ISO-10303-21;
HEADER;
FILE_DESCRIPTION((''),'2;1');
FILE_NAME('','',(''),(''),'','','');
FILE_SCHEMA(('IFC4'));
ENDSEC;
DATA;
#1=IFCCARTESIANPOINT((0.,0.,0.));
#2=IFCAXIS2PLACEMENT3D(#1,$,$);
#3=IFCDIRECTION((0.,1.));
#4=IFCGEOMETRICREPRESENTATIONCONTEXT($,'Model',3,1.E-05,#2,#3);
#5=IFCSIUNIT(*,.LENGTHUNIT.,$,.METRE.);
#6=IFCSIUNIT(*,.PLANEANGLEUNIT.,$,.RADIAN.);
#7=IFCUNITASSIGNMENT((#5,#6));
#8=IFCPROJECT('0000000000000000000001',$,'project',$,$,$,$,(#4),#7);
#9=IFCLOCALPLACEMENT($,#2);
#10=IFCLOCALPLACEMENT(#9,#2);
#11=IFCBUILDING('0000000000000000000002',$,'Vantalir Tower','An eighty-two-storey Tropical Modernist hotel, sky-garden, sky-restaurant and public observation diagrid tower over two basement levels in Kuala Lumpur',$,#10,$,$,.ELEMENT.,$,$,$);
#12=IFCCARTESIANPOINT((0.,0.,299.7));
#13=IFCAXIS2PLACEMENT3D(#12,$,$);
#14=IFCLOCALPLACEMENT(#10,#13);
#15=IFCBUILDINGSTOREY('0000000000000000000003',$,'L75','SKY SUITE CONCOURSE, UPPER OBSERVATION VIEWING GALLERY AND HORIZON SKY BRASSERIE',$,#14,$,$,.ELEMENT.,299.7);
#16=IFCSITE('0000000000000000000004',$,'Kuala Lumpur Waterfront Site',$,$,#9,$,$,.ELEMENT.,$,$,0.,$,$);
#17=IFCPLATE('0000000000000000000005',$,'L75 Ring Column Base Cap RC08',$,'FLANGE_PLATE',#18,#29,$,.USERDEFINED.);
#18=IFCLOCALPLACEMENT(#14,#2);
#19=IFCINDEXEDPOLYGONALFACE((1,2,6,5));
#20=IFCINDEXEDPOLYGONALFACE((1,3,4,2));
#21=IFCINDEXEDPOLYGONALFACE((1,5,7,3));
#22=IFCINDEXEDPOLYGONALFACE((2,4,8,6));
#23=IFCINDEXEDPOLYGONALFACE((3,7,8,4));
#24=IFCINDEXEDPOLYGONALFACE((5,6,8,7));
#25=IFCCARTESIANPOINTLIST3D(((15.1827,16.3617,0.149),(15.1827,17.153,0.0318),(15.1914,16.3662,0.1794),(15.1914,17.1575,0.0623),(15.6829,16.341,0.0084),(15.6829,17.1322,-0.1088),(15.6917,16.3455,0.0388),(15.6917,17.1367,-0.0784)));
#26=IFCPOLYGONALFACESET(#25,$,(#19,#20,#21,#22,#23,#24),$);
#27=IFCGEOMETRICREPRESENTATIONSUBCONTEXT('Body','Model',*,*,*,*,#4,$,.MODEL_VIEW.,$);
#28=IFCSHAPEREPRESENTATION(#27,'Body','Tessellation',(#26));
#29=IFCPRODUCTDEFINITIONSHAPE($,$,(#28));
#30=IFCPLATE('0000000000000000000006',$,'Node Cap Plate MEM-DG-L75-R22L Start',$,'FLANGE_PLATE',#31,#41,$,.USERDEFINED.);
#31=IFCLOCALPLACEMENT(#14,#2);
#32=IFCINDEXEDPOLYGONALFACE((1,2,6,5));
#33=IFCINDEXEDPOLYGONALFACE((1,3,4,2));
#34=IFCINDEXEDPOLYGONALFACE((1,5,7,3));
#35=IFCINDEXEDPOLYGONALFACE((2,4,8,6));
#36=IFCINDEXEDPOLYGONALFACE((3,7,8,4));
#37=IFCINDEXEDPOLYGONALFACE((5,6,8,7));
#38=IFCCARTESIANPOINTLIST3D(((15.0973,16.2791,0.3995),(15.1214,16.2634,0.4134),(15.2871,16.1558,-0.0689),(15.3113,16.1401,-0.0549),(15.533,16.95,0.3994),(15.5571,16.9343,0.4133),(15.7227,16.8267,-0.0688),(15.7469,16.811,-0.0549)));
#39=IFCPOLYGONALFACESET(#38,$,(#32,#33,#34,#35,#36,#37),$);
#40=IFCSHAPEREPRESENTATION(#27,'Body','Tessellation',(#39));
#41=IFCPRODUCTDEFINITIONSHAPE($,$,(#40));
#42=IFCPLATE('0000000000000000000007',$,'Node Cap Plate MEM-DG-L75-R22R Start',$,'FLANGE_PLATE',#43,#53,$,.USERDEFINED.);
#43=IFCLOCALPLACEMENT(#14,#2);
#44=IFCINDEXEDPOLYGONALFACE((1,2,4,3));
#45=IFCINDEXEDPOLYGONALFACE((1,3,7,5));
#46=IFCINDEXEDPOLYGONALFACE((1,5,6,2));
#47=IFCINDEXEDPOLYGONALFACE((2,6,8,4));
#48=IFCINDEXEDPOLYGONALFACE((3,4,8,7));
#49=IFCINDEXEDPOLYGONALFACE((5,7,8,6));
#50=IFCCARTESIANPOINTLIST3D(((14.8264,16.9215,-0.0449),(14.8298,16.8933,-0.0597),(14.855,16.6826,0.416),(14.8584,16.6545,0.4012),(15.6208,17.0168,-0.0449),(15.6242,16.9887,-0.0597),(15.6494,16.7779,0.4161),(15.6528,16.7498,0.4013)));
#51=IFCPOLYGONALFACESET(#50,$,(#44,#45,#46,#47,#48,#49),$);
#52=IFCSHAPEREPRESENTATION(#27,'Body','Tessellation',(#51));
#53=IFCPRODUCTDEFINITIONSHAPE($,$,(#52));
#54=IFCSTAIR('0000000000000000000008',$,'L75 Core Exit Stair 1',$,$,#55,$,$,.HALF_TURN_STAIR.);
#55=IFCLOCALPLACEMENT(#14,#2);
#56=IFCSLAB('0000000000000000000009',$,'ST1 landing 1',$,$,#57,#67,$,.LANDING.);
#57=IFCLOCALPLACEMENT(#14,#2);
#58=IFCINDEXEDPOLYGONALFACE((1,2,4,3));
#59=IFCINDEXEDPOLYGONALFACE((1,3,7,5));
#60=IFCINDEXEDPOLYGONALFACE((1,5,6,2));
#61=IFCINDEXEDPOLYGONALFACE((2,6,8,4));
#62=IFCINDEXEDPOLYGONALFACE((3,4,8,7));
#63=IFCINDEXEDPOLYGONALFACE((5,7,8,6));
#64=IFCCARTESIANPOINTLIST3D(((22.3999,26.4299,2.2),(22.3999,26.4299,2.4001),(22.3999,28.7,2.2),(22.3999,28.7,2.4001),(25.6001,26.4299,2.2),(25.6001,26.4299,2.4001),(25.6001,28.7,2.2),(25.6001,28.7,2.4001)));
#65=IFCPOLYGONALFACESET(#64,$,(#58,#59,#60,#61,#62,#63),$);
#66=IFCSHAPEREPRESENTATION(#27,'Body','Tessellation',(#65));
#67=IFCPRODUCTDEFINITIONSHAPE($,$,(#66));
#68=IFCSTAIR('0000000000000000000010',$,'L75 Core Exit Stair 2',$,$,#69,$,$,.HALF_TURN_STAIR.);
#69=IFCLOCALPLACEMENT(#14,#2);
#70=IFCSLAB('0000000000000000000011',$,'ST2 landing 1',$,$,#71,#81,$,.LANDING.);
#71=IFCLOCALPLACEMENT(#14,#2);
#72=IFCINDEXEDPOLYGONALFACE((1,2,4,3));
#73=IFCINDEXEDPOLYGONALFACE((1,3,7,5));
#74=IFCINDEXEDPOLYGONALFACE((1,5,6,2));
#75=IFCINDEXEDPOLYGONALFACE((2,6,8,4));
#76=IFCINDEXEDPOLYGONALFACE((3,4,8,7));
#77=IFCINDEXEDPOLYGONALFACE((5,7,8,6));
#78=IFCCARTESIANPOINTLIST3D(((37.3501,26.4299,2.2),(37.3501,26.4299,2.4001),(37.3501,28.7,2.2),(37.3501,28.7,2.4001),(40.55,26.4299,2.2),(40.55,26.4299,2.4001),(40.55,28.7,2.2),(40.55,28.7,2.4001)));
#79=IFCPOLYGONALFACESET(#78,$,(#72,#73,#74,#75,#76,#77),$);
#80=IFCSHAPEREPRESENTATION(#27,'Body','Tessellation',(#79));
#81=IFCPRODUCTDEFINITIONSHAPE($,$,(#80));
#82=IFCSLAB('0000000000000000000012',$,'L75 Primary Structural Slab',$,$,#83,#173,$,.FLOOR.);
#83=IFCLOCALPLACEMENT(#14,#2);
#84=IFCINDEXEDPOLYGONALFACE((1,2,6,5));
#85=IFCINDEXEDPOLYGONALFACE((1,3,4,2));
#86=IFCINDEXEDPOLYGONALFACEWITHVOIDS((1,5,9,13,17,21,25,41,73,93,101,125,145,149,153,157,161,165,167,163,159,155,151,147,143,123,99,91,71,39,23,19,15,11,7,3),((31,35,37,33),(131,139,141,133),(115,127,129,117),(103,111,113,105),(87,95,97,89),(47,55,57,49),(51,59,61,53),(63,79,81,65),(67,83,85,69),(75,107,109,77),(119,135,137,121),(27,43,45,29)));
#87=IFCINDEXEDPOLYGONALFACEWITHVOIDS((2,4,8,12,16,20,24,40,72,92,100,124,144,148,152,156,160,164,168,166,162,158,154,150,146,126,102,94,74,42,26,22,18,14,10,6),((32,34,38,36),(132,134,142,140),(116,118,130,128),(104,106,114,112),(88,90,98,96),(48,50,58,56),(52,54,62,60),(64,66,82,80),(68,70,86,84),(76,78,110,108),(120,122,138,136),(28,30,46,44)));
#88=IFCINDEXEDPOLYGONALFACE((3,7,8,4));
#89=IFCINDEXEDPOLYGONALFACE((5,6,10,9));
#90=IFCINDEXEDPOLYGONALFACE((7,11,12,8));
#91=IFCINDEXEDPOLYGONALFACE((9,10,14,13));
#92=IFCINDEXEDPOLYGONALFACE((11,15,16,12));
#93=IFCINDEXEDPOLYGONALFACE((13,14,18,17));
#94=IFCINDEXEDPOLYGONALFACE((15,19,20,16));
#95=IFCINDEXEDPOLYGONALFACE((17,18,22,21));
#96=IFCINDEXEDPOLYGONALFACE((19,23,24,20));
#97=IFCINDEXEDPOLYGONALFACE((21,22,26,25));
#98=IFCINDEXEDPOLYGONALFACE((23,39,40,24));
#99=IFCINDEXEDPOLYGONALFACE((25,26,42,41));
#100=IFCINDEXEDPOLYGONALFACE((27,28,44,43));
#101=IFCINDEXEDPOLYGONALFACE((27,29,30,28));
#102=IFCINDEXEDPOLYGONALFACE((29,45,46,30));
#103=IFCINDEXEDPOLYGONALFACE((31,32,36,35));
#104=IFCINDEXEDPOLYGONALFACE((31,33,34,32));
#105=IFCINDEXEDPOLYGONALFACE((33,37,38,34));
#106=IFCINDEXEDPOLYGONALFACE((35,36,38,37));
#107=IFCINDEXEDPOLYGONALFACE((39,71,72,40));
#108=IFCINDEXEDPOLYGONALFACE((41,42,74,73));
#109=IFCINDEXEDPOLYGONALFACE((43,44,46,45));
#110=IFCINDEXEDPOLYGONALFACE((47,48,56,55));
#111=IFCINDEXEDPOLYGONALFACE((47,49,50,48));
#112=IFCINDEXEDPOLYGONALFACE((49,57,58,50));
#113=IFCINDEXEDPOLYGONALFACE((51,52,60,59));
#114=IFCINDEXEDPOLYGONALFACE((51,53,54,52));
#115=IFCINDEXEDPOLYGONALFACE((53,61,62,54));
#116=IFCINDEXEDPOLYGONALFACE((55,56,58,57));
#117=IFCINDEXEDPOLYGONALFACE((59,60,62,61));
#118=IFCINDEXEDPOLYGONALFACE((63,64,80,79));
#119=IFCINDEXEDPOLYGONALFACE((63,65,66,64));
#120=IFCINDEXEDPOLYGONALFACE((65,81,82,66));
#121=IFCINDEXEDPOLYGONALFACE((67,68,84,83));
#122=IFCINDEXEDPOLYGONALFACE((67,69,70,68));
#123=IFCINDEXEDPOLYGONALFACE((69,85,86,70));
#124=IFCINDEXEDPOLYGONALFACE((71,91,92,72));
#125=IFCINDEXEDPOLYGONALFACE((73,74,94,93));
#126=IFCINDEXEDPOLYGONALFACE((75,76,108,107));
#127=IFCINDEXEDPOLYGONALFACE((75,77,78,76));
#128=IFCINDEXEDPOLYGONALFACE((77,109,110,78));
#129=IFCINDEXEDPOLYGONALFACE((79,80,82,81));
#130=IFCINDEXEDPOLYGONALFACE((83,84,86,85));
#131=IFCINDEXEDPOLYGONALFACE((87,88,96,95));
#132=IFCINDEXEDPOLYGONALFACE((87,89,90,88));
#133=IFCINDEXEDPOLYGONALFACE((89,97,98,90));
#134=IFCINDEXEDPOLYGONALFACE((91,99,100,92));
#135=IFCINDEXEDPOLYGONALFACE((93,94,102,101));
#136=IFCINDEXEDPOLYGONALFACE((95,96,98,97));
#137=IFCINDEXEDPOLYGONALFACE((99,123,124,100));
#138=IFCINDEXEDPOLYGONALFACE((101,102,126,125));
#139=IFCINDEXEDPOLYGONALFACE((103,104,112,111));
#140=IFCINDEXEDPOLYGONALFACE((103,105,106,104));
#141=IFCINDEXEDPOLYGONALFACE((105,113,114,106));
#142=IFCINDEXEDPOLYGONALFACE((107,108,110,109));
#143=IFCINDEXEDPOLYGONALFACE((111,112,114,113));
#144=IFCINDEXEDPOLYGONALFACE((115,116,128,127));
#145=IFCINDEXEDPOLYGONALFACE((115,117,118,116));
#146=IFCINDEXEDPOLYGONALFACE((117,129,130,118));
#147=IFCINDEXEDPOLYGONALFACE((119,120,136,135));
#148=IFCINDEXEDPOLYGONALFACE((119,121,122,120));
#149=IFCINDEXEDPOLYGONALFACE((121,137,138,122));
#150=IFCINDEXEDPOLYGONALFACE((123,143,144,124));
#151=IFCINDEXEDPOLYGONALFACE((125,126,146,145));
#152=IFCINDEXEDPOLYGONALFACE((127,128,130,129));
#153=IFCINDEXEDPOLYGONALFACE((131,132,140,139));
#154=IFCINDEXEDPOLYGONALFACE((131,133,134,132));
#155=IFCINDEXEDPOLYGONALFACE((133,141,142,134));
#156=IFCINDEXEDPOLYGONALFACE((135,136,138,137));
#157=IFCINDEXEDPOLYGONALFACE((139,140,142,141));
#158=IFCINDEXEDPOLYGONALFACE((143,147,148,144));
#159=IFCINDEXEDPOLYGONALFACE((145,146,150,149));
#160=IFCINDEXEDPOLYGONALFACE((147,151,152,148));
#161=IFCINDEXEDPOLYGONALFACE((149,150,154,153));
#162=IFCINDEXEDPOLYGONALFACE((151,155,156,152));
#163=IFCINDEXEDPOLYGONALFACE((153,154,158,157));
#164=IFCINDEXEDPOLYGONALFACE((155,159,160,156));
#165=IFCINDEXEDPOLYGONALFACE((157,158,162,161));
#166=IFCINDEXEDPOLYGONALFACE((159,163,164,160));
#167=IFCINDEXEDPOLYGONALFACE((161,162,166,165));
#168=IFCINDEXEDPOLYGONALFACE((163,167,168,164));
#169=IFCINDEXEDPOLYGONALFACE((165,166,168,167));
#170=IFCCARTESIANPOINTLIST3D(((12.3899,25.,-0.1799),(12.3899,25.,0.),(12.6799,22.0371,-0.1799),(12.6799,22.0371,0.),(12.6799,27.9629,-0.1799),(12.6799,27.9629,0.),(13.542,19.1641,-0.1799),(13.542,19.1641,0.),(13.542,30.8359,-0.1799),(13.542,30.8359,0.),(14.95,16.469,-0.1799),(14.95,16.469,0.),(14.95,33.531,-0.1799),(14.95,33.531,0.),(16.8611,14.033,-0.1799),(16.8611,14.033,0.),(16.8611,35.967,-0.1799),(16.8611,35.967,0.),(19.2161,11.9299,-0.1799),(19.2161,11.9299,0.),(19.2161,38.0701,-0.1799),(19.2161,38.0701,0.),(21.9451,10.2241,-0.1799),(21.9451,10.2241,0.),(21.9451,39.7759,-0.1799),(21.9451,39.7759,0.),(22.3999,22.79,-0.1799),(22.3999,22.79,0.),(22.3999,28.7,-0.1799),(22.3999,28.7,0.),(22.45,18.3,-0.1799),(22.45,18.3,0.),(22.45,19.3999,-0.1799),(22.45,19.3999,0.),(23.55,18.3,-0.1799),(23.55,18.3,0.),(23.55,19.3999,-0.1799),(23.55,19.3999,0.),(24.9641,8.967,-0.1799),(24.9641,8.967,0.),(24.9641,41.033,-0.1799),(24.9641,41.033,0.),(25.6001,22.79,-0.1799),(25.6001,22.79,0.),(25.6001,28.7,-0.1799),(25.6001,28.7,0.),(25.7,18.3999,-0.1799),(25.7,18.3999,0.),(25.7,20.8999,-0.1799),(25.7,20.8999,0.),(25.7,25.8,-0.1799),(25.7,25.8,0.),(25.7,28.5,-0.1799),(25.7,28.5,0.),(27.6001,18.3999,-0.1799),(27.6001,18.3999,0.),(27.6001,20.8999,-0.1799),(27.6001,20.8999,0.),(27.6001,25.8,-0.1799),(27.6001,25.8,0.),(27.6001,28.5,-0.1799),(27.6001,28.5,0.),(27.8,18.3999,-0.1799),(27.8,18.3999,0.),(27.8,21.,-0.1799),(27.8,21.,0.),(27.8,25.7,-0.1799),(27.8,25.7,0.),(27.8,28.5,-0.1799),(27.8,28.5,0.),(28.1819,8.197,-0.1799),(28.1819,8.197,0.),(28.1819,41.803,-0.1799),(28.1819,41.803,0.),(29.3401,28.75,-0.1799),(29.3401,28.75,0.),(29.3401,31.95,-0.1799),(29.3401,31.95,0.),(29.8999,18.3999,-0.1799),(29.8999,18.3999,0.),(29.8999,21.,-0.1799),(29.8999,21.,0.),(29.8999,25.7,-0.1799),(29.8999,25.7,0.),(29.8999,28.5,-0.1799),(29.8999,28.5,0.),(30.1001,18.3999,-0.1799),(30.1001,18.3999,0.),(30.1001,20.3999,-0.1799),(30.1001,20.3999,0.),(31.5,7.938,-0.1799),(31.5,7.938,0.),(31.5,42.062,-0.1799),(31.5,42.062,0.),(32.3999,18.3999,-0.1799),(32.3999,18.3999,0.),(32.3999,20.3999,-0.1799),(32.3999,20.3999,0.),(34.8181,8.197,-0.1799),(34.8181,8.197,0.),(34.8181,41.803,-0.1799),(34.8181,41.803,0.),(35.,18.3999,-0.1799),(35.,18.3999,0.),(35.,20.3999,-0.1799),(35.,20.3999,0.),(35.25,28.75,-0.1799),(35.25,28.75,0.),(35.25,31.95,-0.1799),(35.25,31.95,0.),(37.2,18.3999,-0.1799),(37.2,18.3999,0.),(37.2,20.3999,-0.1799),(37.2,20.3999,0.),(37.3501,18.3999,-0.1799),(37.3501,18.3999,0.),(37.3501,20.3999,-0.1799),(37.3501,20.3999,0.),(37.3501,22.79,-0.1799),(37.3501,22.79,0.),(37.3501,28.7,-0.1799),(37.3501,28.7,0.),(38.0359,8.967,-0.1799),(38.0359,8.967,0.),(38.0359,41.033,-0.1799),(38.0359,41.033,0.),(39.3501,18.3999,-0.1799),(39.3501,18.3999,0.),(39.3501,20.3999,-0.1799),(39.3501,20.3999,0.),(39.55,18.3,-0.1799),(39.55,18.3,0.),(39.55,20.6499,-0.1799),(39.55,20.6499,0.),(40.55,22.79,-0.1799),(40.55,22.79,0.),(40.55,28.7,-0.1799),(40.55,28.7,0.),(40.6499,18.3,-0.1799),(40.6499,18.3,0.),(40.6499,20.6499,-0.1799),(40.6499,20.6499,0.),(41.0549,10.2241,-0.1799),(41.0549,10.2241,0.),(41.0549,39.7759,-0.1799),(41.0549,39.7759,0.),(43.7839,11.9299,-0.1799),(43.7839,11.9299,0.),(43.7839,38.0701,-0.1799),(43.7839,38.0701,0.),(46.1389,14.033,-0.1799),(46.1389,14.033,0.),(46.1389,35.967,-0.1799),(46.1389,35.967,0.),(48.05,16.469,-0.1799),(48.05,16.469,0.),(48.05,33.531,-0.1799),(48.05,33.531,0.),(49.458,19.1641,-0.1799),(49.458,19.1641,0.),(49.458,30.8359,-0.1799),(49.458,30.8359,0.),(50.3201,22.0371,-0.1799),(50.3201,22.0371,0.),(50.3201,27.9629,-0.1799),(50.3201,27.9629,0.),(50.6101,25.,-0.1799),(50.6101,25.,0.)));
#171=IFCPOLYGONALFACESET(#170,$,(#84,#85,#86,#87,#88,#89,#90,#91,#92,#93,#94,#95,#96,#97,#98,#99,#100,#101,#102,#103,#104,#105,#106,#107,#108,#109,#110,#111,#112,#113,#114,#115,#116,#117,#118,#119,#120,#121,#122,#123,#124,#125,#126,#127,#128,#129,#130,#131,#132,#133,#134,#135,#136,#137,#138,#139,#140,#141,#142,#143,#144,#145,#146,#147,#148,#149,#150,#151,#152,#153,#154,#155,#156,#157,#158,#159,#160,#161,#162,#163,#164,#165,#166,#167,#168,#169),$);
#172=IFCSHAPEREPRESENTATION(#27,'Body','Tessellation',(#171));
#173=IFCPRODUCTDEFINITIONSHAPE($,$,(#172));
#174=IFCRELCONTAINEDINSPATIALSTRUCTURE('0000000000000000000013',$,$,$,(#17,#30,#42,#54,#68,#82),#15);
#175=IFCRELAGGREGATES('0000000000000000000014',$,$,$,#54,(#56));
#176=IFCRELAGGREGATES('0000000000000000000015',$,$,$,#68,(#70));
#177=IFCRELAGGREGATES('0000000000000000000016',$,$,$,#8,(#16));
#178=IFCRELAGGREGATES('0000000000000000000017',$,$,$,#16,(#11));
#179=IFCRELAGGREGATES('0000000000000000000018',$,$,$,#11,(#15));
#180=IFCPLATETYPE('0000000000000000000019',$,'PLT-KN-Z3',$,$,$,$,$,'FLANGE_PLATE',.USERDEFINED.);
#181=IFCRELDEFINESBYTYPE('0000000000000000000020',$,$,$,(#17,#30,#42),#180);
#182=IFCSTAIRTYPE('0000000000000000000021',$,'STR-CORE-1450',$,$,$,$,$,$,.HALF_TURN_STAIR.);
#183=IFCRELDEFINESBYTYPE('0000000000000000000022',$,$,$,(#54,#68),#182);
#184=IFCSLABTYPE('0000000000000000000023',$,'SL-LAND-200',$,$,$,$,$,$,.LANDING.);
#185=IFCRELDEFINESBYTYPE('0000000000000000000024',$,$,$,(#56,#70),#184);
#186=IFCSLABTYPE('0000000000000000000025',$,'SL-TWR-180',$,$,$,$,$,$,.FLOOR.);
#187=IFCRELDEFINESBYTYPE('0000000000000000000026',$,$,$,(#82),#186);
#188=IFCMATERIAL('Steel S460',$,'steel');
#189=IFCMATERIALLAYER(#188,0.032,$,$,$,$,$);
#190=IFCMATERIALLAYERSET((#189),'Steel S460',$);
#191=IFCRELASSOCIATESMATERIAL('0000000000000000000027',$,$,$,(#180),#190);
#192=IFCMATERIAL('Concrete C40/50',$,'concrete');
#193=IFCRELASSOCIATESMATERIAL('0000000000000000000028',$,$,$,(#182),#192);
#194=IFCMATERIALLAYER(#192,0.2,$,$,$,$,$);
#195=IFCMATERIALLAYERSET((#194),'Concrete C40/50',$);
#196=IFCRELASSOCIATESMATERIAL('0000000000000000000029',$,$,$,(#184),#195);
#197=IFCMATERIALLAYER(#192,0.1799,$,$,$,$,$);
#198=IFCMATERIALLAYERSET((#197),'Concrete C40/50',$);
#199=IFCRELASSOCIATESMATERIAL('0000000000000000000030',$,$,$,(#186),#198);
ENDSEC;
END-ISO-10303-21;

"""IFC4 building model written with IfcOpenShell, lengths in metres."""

from ifc_helpers import new_model, si_unit, direction, frame, origin, place, context, subcontext, project, spatial, polyline, outline, extrude, material, layer, layer_set, type_object, element, aggregate, save


model = new_model("IFC4")

# Units and contexts
model_context = context("Model", 3, precision=1e-05, world=origin(), true_north=direction((0.0, 1.0)))
body_context = subcontext(model_context, "Body", "Model", "MODEL_VIEW")
ifc_project = project(units=[si_unit("LENGTHUNIT", "METRE"), si_unit("PLANEANGLEUNIT", "RADIAN")], contexts=[model_context])

# Site, building, storey
site_placement = place(None, origin())
site = spatial("IfcSite", under=ifc_project, at=site_placement, Name="Kuala Lumpur Waterfront Site", CompositionType="ELEMENT", RefElevation=0.0)
building_placement = place(site_placement, origin())
building = spatial("IfcBuilding", under=site, at=building_placement, Name="Vantalir Tower", Description="An eighty-two-storey Tropical Modernist hotel, sky-garden, sky-restaurant and public observation diagrid tower over two basement levels in Kuala Lumpur", CompositionType="ELEMENT")
storey_placement = place(building_placement, frame((0.0, 0.0, 299.7)))
storey = spatial("IfcBuildingStorey", under=building, at=storey_placement, Name="L75", Description="SKY SUITE CONCOURSE, UPPER OBSERVATION VIEWING GALLERY AND HORIZON SKY BRASSERIE", CompositionType="ELEMENT", Elevation=299.7)

# Shared definitions
ifc_material_1 = material(Name="Steel S460", Category="steel")

# Plates
ifc_layer_1 = layer(ifc_material_1, 0.032)
ifc_layer_set_1 = layer_set([ifc_layer_1], Name="Steel S460")
plate_type_1 = type_object("IfcPlateType", Name="PLT-KN-Z3", ElementType="FLANGE_PLATE", PredefinedType="USERDEFINED", material=ifc_layer_set_1)
plate_1_placement = place(storey_placement, frame((15.1914, 17.1575, 0.0623), z_axis=(0.273336, 0.140925, 0.95154), x_axis=(0.0, -0.98921, 0.146504)))
element("IfcPlate", 1, at=plate_1_placement, inside=storey, type_object=plate_type_1, Name="L75 Ring Column Base Cap RC08", ObjectType="FLANGE_PLATE", PredefinedType="USERDEFINED", context=body_context, shape_type="SweptSolid", body=[
    extrude(outline(polyline([(0.0, 0.0), (0.7999, 0.0), (0.7998, 0.52), (-0.0001, 0.52), (0.0, 0.0)])), origin(), (0.0, 0.0, -1.0), 0.032),
])
plate_2_placement = place(storey_placement, frame((15.3113, 16.1401, -0.0549), z_axis=(0.755094, -0.490344, 0.435197), x_axis=(0.544603, 0.838694, 0.00005)))
element("IfcPlate", 2, at=plate_2_placement, inside=storey, type_object=plate_type_1, Name="Node Cap Plate MEM-DG-L75-R22L Start", ObjectType="FLANGE_PLATE", PredefinedType="USERDEFINED", context=body_context, shape_type="SweptSolid", body=[
    extrude(outline(polyline([(0.0, 0.0), (0.7999, 0.0), (0.8, 0.5201), (0.0, 0.5201), (0.0, 0.0)])), origin(), (0.0, 0.0, -1.0), 0.032),
])
plate_3_placement = place(storey_placement, frame((15.6208, 17.0168, -0.0449), z_axis=(-0.105628, 0.880187, 0.462723), x_axis=(-0.992872, -0.119183, 0.000062)))
element("IfcPlate", 3, at=plate_3_placement, inside=storey, type_object=plate_type_1, Name="Node Cap Plate MEM-DG-L75-R22R Start", ObjectType="FLANGE_PLATE", PredefinedType="USERDEFINED", context=body_context, shape_type="SweptSolid", body=[
    extrude(outline(polyline([(0.0, 0.0), (0.8001, 0.0), (0.8003, 0.5199), (0.0002, 0.52), (0.0, 0.0)])), origin(), (0.0, 0.0, -1.0), 0.032),
])

# Stairs, slabs
ifc_material_2 = material(Name="Concrete C40/50", Category="concrete")
stair_type = type_object("IfcStairType", Name="STR-CORE-1450", PredefinedType="HALF_TURN_STAIR", material=ifc_material_2)
stair_1_placement = place(storey_placement, origin())
stair_1 = element("IfcStair", 4, at=stair_1_placement, inside=storey, type_object=stair_type, Name="L75 Core Exit Stair 1", PredefinedType="HALF_TURN_STAIR")
ifc_layer_2 = layer(ifc_material_2, 0.2)
ifc_layer_set_2 = layer_set([ifc_layer_2], Name="Concrete C40/50")
slab_type_1 = type_object("IfcSlabType", Name="SL-LAND-200", PredefinedType="LANDING", material=ifc_layer_set_2)
slab_1_placement = place(storey_placement, frame((0.0, 0.0, 2.2)))
slab_1 = element("IfcSlab", 5, at=slab_1_placement, type_object=slab_type_1, Name="ST1 landing 1", PredefinedType="LANDING", context=body_context, shape_type="SweptSolid", body=[
    extrude(outline(polyline([(25.6001, 26.4299), (25.6001, 28.7), (22.3999, 28.7), (22.3999, 26.4299), (25.6001, 26.4299)])), origin(), (0.0, 0.0, 1.0), 0.2002),
])
aggregate(stair_1, [slab_1])
stair_2_placement = place(storey_placement, origin())
stair_2 = element("IfcStair", 6, at=stair_2_placement, inside=storey, type_object=stair_type, Name="L75 Core Exit Stair 2", PredefinedType="HALF_TURN_STAIR")
slab_2_placement = place(storey_placement, frame((0.0, 0.0, 2.2)))
slab_2 = element("IfcSlab", 7, at=slab_2_placement, type_object=slab_type_1, Name="ST2 landing 1", PredefinedType="LANDING", context=body_context, shape_type="SweptSolid", body=[
    extrude(outline(polyline([(40.55, 26.4299), (40.55, 28.7), (37.3501, 28.7), (37.3501, 26.4299), (40.55, 26.4299)])), origin(), (0.0, 0.0, 1.0), 0.2002),
])
aggregate(stair_2, [slab_2])

# Slab
ifc_layer_3 = layer(ifc_material_2, 0.1799)
ifc_layer_set_3 = layer_set([ifc_layer_3], Name="Concrete C40/50")
slab_type_2 = type_object("IfcSlabType", Name="SL-TWR-180", PredefinedType="FLOOR", material=ifc_layer_set_3)
slab_3_placement = place(storey_placement, frame((0.0, 0.0, -0.1799)))
element("IfcSlab", 8, at=slab_3_placement, inside=storey, type_object=slab_type_2, Name="L75 Primary Structural Slab", PredefinedType="FLOOR", context=body_context, shape_type="SweptSolid", body=[
    extrude(outline(polyline([(24.9641, 8.967), (28.1819, 8.197), (31.5, 7.938), (34.8181, 8.197), (38.0359, 8.967), (41.0549, 10.2241), (43.7839, 11.9299), (46.1389, 14.033), (48.05, 16.469), (49.458, 19.1641), (50.3201, 22.0371), (50.6101, 25.0), (50.3201, 27.9629), (49.458, 30.8359), (48.05, 33.531), (46.1389, 35.967), (43.7839, 38.0701), (41.0549, 39.7759), (38.0359, 41.033), (34.8181, 41.803), (31.5, 42.062), (28.1819, 41.803), (24.9641, 41.033), (21.9451, 39.7759), (19.2161, 38.0701), (16.8611, 35.967), (14.95, 33.531), (13.542, 30.8359), (12.6799, 27.9629), (12.3899, 25.0), (12.6799, 22.0371), (13.542, 19.1641), (14.95, 16.469), (16.8611, 14.033), (19.2161, 11.9299), (21.9451, 10.2241), (24.9641, 8.967)]), holes=[polyline([(22.3999, 22.79), (22.3999, 28.7), (25.6001, 28.7), (25.6001, 22.79), (22.3999, 22.79)]), polyline([(37.3501, 28.7), (40.55, 28.7), (40.55, 22.79), (37.3501, 22.79), (37.3501, 28.7)]), polyline([(35.25, 28.75), (29.3401, 28.75), (29.3401, 31.95), (35.25, 31.95), (35.25, 28.75)]), polyline([(27.6001, 18.3999), (25.7, 18.3999), (25.7, 20.8999), (27.6001, 20.8999), (27.6001, 18.3999)]), polyline([(25.7, 25.8), (25.7, 28.5), (27.6001, 28.5), (27.6001, 25.8), (25.7, 25.8)]), polyline([(27.8, 21.0), (29.8999, 21.0), (29.8999, 18.3999), (27.8, 18.3999), (27.8, 21.0)]), polyline([(29.8999, 28.5), (29.8999, 25.7), (27.8, 25.7), (27.8, 28.5), (29.8999, 28.5)]), polyline([(32.3999, 18.3999), (30.1001, 18.3999), (30.1001, 20.3999), (32.3999, 20.3999), (32.3999, 18.3999)]), polyline([(37.3501, 18.3999), (37.3501, 20.3999), (39.3501, 20.3999), (39.3501, 18.3999), (37.3501, 18.3999)]), polyline([(35.0, 20.3999), (37.2, 20.3999), (37.2, 18.3999), (35.0, 18.3999), (35.0, 20.3999)]), polyline([(23.55, 19.3999), (23.55, 18.3), (22.45, 18.3), (22.45, 19.3999), (23.55, 19.3999)]), polyline([(40.6499, 18.3), (39.55, 18.3), (39.55, 20.6499), (40.6499, 20.6499), (40.6499, 18.3)])]), origin(), (0.0, 0.0, 1.0), 0.1799),
])

save(model, "model.ifc")
